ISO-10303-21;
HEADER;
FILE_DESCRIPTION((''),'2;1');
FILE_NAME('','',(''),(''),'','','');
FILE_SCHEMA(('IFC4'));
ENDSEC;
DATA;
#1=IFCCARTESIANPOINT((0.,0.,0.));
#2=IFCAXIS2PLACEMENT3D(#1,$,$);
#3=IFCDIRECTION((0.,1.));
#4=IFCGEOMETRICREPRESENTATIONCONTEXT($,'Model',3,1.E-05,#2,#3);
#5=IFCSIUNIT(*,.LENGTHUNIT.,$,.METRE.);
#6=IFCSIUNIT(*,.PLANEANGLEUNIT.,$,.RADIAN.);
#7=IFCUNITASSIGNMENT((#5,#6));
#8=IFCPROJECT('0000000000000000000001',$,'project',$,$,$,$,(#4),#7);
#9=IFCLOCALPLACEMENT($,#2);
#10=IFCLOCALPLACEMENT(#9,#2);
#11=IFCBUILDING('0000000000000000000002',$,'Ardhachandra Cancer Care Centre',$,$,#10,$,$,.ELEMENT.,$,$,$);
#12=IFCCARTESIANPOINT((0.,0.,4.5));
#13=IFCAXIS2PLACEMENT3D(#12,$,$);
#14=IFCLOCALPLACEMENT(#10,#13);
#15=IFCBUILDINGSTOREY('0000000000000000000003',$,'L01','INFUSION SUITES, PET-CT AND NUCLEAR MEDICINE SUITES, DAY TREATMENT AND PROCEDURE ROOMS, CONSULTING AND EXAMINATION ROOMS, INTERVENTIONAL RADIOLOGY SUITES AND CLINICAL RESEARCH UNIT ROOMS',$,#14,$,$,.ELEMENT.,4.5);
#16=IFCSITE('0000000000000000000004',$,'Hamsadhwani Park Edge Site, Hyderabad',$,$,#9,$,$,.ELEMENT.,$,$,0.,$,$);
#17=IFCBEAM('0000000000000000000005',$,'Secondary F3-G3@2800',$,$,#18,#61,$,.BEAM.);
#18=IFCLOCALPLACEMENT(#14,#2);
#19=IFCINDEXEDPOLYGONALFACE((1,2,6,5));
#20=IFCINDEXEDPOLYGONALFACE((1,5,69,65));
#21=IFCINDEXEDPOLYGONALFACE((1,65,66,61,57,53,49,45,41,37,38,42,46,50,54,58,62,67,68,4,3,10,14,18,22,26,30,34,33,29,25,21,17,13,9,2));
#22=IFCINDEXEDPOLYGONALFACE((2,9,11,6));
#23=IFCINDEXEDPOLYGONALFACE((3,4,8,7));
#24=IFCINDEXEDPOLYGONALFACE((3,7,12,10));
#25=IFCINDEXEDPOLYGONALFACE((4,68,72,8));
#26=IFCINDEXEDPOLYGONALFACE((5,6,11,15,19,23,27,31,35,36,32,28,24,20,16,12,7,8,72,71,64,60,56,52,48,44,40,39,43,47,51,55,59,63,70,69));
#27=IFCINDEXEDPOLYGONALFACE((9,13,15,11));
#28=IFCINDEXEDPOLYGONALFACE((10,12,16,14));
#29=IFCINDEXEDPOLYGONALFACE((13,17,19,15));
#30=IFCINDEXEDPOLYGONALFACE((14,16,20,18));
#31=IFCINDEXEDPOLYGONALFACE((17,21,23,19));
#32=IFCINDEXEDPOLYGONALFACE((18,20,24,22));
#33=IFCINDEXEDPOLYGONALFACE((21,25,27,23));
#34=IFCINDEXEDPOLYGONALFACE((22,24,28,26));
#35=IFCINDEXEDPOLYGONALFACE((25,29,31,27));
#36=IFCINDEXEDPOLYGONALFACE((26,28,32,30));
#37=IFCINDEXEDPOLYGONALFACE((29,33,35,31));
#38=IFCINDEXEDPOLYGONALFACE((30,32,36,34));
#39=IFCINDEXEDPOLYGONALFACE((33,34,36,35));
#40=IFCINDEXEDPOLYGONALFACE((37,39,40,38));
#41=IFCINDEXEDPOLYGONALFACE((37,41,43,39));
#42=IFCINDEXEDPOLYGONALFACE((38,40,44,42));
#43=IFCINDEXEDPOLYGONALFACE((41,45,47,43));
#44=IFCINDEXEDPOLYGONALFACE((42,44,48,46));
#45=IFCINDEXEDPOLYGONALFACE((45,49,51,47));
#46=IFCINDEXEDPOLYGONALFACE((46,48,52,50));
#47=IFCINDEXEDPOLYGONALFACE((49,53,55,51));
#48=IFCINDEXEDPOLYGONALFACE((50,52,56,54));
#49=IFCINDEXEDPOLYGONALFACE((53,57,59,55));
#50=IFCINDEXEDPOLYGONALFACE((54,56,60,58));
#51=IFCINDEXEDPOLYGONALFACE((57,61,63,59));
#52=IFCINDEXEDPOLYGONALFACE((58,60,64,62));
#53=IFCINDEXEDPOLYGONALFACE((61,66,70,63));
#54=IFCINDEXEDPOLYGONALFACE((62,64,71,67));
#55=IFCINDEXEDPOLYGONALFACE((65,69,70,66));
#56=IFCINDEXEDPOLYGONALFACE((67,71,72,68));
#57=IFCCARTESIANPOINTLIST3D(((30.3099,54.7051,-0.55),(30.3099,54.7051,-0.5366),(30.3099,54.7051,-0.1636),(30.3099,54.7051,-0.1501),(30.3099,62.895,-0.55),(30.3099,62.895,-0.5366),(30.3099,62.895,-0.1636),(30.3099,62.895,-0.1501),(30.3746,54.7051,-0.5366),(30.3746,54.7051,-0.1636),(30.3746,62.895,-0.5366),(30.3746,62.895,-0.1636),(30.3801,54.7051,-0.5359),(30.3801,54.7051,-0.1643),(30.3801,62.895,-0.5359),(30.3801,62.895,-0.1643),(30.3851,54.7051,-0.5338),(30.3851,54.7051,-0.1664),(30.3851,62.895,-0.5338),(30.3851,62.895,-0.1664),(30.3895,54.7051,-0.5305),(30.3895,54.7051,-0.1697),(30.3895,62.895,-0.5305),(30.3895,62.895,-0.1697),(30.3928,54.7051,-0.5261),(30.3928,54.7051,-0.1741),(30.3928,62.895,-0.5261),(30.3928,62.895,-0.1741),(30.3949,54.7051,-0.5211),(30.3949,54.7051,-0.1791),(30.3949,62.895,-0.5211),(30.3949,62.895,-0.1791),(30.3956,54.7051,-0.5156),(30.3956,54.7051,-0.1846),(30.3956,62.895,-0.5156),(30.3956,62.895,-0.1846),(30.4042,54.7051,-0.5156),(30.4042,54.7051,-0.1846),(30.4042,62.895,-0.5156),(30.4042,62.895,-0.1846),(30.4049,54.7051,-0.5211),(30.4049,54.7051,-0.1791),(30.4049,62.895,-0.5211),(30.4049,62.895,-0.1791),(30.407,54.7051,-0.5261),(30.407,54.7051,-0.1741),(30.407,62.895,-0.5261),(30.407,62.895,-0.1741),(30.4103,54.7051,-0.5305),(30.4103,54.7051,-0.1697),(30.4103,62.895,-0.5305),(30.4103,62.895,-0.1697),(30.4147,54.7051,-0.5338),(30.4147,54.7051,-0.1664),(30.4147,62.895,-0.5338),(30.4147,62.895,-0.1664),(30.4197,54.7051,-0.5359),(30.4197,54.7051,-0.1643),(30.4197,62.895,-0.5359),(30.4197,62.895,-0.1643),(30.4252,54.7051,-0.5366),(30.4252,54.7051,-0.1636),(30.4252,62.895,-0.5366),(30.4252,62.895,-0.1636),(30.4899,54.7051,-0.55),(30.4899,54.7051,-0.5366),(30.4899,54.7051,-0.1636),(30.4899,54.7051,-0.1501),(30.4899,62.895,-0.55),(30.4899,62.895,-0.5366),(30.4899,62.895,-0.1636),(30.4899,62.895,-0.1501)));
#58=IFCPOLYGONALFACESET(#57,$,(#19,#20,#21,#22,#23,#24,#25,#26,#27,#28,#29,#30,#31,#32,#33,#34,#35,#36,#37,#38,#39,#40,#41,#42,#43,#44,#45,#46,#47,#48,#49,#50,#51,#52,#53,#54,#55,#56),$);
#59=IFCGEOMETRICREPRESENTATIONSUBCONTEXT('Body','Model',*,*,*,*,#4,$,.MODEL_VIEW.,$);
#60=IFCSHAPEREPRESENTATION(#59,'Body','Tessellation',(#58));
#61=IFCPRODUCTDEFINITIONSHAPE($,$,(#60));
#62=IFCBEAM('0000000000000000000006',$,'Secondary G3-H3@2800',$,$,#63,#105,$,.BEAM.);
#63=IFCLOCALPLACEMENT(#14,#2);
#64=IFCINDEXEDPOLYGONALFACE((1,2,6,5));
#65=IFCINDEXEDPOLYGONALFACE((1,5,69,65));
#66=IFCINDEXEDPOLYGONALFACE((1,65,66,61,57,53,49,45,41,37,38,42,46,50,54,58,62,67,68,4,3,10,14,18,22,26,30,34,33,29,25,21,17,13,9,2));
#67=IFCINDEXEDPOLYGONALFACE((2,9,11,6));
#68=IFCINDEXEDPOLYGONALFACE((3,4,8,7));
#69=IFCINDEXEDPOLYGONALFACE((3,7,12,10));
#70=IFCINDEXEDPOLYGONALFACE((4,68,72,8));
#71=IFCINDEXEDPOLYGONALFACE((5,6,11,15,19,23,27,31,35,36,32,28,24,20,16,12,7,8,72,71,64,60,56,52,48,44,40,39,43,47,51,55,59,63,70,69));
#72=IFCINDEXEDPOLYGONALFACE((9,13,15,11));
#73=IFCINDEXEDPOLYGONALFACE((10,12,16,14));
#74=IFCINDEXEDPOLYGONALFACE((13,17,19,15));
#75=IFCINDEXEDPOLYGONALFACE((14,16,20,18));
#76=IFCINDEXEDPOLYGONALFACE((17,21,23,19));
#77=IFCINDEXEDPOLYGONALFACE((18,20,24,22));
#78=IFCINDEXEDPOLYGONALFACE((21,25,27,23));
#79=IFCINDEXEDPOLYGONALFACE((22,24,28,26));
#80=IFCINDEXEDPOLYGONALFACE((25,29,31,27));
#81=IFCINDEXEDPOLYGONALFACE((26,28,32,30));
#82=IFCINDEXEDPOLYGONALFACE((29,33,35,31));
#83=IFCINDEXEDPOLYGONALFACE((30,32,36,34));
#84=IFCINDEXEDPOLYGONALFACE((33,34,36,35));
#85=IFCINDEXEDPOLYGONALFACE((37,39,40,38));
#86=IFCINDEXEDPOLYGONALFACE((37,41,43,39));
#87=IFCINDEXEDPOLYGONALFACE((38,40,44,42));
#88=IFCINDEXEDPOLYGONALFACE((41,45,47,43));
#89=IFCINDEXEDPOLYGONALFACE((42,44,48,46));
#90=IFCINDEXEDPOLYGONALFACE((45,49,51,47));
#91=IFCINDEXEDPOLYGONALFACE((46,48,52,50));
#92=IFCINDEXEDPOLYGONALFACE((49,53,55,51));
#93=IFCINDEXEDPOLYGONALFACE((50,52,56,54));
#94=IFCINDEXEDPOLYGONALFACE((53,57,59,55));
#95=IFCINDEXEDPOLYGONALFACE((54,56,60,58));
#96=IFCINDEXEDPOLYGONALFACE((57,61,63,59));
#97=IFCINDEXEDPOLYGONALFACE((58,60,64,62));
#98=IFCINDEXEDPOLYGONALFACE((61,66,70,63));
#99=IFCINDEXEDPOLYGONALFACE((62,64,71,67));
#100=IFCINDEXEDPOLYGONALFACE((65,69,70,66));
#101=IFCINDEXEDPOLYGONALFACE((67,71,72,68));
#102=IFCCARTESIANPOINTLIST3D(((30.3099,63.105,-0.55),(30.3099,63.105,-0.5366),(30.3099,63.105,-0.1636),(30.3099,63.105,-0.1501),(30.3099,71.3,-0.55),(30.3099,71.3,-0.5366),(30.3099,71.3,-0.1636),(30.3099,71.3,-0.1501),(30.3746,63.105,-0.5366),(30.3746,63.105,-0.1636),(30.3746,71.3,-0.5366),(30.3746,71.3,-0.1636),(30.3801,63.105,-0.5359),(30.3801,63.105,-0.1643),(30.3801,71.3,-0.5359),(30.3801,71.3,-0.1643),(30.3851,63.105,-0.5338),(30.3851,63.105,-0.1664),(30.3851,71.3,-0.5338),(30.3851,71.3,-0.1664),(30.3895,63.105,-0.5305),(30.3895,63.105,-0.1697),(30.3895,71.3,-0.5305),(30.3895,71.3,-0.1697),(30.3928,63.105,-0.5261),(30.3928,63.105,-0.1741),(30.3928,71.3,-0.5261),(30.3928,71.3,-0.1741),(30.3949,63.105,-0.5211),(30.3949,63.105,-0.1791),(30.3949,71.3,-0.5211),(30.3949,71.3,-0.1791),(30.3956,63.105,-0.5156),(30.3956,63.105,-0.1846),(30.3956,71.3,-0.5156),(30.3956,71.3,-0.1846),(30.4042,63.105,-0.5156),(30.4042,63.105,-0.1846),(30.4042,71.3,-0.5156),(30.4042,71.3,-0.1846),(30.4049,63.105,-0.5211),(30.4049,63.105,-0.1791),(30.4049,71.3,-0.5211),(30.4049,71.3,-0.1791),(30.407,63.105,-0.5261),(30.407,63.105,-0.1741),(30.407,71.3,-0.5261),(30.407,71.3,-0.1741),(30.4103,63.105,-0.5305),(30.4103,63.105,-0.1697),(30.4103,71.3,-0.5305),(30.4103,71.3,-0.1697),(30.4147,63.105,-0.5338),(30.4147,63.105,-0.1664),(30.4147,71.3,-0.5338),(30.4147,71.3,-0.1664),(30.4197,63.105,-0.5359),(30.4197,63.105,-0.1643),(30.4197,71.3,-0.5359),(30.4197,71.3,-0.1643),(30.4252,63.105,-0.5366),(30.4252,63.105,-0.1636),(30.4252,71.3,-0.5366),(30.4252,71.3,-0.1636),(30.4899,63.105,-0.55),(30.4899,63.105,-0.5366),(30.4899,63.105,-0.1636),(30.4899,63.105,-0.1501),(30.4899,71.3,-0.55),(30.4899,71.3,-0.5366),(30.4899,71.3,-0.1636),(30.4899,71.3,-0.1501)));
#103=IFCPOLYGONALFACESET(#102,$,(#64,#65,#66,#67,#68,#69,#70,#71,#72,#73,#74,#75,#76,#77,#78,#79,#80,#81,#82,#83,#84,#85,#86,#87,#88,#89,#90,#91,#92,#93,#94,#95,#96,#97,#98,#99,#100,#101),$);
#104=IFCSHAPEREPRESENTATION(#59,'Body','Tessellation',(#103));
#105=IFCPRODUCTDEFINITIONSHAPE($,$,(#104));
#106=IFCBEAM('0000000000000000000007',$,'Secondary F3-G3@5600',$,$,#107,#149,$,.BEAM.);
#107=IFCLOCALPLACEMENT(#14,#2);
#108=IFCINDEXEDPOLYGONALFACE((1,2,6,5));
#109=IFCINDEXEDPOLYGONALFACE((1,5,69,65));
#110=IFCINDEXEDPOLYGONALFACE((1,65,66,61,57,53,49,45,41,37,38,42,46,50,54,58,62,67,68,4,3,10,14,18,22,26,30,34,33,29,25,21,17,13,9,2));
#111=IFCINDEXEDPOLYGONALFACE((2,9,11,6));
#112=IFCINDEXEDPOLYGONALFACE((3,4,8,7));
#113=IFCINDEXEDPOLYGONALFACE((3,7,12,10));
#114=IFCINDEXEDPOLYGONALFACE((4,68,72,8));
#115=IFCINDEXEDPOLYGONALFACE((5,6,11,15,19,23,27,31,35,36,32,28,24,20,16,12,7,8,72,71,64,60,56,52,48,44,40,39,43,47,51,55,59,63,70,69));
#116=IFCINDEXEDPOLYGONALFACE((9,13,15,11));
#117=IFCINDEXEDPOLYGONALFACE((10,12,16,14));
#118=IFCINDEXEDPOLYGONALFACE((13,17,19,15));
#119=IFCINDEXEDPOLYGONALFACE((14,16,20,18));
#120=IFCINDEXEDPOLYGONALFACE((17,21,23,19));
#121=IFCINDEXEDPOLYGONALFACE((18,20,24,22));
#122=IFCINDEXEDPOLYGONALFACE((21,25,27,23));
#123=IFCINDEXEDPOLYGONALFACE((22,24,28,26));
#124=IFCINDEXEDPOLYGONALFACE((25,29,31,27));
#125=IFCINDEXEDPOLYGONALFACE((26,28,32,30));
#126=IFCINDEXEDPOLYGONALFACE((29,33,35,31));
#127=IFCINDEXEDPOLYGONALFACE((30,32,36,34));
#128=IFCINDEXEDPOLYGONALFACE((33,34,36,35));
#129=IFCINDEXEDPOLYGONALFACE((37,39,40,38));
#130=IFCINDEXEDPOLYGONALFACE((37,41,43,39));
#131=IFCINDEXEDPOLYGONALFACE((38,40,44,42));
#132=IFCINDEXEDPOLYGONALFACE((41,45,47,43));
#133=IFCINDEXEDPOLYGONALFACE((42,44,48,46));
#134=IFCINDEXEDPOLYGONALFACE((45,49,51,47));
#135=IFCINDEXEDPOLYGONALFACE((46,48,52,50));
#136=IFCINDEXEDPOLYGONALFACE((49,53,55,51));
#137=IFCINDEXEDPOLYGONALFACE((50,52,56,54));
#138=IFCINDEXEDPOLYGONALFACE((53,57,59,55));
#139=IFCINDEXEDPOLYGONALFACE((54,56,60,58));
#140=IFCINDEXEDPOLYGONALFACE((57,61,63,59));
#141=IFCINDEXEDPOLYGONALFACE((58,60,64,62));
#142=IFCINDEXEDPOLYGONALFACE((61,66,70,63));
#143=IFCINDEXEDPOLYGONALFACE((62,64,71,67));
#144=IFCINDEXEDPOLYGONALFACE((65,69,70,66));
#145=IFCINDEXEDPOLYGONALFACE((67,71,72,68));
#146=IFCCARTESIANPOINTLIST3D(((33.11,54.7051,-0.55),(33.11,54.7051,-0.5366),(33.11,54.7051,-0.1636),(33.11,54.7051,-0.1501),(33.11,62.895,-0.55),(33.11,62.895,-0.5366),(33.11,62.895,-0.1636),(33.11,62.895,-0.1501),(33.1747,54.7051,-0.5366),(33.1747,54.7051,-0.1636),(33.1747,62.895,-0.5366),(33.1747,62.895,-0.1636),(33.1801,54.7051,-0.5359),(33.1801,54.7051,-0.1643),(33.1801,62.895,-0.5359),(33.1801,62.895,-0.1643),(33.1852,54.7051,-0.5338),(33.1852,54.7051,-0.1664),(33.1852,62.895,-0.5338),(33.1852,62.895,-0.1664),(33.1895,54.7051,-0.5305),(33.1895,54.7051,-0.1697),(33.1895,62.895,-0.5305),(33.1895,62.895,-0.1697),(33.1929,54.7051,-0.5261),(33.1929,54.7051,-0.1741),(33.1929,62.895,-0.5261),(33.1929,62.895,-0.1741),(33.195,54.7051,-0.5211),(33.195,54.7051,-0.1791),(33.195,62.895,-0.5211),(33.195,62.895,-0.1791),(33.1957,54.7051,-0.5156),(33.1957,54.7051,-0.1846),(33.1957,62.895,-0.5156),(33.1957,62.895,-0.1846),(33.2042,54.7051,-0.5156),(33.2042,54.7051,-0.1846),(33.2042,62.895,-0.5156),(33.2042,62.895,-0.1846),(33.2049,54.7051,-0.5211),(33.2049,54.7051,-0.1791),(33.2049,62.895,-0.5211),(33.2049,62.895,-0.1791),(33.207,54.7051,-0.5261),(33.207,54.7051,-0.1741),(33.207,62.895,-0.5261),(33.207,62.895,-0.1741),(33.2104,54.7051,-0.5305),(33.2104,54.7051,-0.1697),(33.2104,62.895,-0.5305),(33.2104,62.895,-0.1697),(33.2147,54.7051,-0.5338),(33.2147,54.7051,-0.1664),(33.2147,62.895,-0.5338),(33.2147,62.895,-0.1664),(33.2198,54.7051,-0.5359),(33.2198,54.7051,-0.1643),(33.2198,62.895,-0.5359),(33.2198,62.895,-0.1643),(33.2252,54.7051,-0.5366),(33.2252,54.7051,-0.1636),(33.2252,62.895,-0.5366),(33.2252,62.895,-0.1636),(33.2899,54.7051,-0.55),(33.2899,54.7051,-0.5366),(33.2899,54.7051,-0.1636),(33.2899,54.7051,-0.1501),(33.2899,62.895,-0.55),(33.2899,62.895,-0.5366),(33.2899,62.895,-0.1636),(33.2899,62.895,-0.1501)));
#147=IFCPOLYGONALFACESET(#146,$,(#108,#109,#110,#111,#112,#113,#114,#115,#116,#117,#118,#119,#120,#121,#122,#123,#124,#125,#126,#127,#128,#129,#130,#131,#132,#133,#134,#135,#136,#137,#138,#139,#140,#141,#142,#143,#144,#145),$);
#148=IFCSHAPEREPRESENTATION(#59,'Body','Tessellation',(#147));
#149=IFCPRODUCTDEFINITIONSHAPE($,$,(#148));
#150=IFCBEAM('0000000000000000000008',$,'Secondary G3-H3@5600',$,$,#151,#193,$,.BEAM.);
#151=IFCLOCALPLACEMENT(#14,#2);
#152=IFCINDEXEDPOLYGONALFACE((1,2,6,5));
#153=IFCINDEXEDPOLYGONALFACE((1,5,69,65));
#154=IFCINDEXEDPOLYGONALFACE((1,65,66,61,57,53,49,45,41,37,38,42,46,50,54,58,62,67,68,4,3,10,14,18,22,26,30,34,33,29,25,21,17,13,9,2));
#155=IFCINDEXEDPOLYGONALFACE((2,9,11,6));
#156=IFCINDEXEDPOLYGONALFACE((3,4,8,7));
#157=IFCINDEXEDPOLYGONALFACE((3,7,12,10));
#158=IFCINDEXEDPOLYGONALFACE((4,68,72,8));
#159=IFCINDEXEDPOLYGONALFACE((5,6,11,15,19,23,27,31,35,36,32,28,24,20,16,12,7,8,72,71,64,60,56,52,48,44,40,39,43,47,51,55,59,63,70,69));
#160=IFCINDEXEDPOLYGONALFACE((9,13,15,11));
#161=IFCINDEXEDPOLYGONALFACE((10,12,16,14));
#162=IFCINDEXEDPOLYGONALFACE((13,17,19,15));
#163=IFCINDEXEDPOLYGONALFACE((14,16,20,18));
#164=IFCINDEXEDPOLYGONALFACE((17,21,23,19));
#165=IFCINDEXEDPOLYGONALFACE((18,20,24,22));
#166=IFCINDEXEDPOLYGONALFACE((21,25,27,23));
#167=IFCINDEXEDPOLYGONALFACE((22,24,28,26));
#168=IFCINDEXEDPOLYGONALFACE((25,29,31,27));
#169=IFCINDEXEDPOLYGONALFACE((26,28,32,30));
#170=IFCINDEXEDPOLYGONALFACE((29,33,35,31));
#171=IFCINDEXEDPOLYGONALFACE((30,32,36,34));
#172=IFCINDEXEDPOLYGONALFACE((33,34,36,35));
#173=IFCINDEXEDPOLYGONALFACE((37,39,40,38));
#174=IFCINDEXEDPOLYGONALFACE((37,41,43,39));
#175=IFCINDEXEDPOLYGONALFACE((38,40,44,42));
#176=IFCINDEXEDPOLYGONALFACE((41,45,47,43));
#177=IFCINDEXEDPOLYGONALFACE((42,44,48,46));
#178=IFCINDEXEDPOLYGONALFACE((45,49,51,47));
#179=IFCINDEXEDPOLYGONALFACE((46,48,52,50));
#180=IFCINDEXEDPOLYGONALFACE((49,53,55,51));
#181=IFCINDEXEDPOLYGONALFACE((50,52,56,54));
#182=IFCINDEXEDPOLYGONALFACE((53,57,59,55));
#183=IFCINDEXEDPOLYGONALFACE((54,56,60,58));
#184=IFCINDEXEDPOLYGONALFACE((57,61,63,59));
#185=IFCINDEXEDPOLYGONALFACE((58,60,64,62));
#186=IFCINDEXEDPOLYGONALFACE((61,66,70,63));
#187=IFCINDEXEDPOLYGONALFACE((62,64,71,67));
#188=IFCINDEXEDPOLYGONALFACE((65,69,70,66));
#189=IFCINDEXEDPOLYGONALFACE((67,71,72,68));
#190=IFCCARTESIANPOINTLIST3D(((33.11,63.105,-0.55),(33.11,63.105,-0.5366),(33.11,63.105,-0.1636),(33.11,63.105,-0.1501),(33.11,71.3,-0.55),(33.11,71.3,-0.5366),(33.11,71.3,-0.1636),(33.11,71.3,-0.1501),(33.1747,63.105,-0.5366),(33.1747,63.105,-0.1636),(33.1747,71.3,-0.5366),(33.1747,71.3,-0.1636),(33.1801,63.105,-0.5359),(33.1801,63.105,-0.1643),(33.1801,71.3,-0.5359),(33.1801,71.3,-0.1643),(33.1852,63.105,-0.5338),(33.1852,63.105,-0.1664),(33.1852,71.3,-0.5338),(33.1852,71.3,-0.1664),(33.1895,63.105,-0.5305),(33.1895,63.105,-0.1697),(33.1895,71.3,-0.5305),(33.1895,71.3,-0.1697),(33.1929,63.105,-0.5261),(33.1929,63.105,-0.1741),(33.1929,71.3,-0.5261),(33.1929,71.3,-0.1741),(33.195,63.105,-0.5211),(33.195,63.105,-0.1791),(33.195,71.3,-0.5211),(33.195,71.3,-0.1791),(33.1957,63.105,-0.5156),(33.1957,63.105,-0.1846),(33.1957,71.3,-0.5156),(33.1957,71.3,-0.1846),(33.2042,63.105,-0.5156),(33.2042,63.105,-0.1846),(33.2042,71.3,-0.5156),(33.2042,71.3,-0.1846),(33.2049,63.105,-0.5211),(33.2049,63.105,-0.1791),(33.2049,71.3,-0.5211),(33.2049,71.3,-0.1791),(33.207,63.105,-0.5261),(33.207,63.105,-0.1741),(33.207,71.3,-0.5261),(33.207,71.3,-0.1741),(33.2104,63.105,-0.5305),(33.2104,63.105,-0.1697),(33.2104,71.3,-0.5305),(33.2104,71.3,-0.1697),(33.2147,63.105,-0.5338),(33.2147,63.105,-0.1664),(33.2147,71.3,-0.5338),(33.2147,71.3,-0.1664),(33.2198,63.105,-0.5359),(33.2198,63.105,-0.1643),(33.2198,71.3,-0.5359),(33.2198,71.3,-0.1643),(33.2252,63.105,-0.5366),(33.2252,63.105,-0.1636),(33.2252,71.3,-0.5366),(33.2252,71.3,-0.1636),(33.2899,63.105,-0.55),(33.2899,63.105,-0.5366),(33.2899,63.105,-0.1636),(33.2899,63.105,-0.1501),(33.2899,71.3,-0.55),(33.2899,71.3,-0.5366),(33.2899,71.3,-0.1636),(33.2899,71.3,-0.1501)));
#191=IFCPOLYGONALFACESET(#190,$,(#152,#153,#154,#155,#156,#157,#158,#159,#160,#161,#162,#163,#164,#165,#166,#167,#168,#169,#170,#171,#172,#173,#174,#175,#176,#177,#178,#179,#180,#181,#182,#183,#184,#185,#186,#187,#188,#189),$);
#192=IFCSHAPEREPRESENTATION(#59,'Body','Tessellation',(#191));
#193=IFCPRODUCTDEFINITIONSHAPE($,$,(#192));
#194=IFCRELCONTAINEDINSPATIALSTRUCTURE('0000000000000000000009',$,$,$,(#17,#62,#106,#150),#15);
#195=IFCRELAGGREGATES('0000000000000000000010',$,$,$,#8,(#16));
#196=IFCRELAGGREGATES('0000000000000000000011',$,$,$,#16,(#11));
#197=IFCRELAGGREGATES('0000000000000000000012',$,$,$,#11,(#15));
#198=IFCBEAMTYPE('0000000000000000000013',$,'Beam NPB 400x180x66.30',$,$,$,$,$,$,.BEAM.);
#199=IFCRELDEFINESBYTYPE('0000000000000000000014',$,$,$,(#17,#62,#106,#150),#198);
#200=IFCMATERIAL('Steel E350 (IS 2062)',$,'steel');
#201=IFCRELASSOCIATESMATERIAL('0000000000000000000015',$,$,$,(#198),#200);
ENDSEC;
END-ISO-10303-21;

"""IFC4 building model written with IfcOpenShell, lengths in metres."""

from ifc_helpers import new_model, si_unit, direction, frame, origin, origin_2d, place, context, subcontext, project, spatial, i_section, extrude, material, material_profile, profile_set, type_object, element, save


model = new_model("IFC4")

# Units and contexts
model_context = context("Model", 3, precision=1e-05, world=origin(), true_north=direction((0.0, 1.0)))
body_context = subcontext(model_context, "Body", "Model", "MODEL_VIEW")
ifc_project = project(units=[si_unit("LENGTHUNIT", "METRE"), si_unit("PLANEANGLEUNIT", "RADIAN")], contexts=[model_context])

# Site, building, storey
site_placement = place(None, origin())
site = spatial("IfcSite", under=ifc_project, at=site_placement, Name="Hamsadhwani Park Edge Site, Hyderabad", CompositionType="ELEMENT", RefElevation=0.0)
building_placement = place(site_placement, origin())
building = spatial("IfcBuilding", under=site, at=building_placement, Name="Ardhachandra Cancer Care Centre", CompositionType="ELEMENT")
storey_placement = place(building_placement, frame((0.0, 0.0, 4.5)))
storey = spatial("IfcBuildingStorey", under=building, at=storey_placement, Name="L01", Description="INFUSION SUITES, PET-CT AND NUCLEAR MEDICINE SUITES, DAY TREATMENT AND PROCEDURE ROOMS, CONSULTING AND EXAMINATION ROOMS, INTERVENTIONAL RADIOLOGY SUITES AND CLINICAL RESEARCH UNIT ROOMS", CompositionType="ELEMENT", Elevation=4.5)

# Beams
ifc_material_1 = material(Name="Steel E350 (IS 2062)", Category="steel")
ifc_material_profile_1 = material_profile(ifc_material_1, i_section(OverallWidth=0.1799, OverallDepth=0.3999, WebThickness=0.0085, FlangeThickness=0.0134, FilletRadius=0.021, at=origin_2d()), Name="NPB 400x180x66.30")
ifc_profile_set_1 = profile_set([ifc_material_profile_1], Name="Steel E350 (IS 2062)")
beam_type_1 = type_object("IfcBeamType", Name="Beam NPB 400x180x66.30", PredefinedType="BEAM", material=ifc_profile_set_1)
beam_1_placement = place(storey_placement, frame((30.3999, 54.7051, -0.3501), z_axis=(0.0, 1.0, 0.0), x_axis=(-1.0, 0.0, 0.0)))
element("IfcBeam", 1, at=beam_1_placement, inside=storey, type_object=beam_type_1, Name="Secondary F3-G3@2800", PredefinedType="BEAM", context=body_context, shape_type="SweptSolid", body=[
    extrude(i_section(OverallWidth=0.1799, OverallDepth=0.3999, WebThickness=0.0085, FlangeThickness=0.0134, FilletRadius=0.021, at=origin_2d()), origin(), (0.0, 0.0, 1.0), 8.1899),
])
beam_2_placement = place(storey_placement, frame((30.3999, 63.105, -0.3501), z_axis=(0.0, 1.0, 0.0), x_axis=(-1.0, 0.0, 0.0)))
element("IfcBeam", 2, at=beam_2_placement, inside=storey, type_object=beam_type_1, Name="Secondary G3-H3@2800", PredefinedType="BEAM", context=body_context, shape_type="SweptSolid", body=[
    extrude(i_section(OverallWidth=0.1799, OverallDepth=0.3999, WebThickness=0.0085, FlangeThickness=0.0134, FilletRadius=0.021, at=origin_2d()), origin(), (0.0, 0.0, 1.0), 8.1951),
])
beam_3_placement = place(storey_placement, frame((33.2, 54.7051, -0.3501), z_axis=(0.0, 1.0, 0.0), x_axis=(-1.0, 0.0, 0.0)))
element("IfcBeam", 3, at=beam_3_placement, inside=storey, type_object=beam_type_1, Name="Secondary F3-G3@5600", PredefinedType="BEAM", context=body_context, shape_type="SweptSolid", body=[
    extrude(i_section(OverallWidth=0.1799, OverallDepth=0.3999, WebThickness=0.0085, FlangeThickness=0.0134, FilletRadius=0.021, at=origin_2d()), origin(), (0.0, 0.0, 1.0), 8.1899),
])
beam_4_placement = place(storey_placement, frame((33.2, 63.105, -0.3501), z_axis=(0.0, 1.0, 0.0), x_axis=(-1.0, 0.0, 0.0)))
element("IfcBeam", 4, at=beam_4_placement, inside=storey, type_object=beam_type_1, Name="Secondary G3-H3@5600", PredefinedType="BEAM", context=body_context, shape_type="SweptSolid", body=[
    extrude(i_section(OverallWidth=0.1799, OverallDepth=0.3999, WebThickness=0.0085, FlangeThickness=0.0134, FilletRadius=0.021, at=origin_2d()), origin(), (0.0, 0.0, 1.0), 8.1951),
])

save(model, "model.ifc")
